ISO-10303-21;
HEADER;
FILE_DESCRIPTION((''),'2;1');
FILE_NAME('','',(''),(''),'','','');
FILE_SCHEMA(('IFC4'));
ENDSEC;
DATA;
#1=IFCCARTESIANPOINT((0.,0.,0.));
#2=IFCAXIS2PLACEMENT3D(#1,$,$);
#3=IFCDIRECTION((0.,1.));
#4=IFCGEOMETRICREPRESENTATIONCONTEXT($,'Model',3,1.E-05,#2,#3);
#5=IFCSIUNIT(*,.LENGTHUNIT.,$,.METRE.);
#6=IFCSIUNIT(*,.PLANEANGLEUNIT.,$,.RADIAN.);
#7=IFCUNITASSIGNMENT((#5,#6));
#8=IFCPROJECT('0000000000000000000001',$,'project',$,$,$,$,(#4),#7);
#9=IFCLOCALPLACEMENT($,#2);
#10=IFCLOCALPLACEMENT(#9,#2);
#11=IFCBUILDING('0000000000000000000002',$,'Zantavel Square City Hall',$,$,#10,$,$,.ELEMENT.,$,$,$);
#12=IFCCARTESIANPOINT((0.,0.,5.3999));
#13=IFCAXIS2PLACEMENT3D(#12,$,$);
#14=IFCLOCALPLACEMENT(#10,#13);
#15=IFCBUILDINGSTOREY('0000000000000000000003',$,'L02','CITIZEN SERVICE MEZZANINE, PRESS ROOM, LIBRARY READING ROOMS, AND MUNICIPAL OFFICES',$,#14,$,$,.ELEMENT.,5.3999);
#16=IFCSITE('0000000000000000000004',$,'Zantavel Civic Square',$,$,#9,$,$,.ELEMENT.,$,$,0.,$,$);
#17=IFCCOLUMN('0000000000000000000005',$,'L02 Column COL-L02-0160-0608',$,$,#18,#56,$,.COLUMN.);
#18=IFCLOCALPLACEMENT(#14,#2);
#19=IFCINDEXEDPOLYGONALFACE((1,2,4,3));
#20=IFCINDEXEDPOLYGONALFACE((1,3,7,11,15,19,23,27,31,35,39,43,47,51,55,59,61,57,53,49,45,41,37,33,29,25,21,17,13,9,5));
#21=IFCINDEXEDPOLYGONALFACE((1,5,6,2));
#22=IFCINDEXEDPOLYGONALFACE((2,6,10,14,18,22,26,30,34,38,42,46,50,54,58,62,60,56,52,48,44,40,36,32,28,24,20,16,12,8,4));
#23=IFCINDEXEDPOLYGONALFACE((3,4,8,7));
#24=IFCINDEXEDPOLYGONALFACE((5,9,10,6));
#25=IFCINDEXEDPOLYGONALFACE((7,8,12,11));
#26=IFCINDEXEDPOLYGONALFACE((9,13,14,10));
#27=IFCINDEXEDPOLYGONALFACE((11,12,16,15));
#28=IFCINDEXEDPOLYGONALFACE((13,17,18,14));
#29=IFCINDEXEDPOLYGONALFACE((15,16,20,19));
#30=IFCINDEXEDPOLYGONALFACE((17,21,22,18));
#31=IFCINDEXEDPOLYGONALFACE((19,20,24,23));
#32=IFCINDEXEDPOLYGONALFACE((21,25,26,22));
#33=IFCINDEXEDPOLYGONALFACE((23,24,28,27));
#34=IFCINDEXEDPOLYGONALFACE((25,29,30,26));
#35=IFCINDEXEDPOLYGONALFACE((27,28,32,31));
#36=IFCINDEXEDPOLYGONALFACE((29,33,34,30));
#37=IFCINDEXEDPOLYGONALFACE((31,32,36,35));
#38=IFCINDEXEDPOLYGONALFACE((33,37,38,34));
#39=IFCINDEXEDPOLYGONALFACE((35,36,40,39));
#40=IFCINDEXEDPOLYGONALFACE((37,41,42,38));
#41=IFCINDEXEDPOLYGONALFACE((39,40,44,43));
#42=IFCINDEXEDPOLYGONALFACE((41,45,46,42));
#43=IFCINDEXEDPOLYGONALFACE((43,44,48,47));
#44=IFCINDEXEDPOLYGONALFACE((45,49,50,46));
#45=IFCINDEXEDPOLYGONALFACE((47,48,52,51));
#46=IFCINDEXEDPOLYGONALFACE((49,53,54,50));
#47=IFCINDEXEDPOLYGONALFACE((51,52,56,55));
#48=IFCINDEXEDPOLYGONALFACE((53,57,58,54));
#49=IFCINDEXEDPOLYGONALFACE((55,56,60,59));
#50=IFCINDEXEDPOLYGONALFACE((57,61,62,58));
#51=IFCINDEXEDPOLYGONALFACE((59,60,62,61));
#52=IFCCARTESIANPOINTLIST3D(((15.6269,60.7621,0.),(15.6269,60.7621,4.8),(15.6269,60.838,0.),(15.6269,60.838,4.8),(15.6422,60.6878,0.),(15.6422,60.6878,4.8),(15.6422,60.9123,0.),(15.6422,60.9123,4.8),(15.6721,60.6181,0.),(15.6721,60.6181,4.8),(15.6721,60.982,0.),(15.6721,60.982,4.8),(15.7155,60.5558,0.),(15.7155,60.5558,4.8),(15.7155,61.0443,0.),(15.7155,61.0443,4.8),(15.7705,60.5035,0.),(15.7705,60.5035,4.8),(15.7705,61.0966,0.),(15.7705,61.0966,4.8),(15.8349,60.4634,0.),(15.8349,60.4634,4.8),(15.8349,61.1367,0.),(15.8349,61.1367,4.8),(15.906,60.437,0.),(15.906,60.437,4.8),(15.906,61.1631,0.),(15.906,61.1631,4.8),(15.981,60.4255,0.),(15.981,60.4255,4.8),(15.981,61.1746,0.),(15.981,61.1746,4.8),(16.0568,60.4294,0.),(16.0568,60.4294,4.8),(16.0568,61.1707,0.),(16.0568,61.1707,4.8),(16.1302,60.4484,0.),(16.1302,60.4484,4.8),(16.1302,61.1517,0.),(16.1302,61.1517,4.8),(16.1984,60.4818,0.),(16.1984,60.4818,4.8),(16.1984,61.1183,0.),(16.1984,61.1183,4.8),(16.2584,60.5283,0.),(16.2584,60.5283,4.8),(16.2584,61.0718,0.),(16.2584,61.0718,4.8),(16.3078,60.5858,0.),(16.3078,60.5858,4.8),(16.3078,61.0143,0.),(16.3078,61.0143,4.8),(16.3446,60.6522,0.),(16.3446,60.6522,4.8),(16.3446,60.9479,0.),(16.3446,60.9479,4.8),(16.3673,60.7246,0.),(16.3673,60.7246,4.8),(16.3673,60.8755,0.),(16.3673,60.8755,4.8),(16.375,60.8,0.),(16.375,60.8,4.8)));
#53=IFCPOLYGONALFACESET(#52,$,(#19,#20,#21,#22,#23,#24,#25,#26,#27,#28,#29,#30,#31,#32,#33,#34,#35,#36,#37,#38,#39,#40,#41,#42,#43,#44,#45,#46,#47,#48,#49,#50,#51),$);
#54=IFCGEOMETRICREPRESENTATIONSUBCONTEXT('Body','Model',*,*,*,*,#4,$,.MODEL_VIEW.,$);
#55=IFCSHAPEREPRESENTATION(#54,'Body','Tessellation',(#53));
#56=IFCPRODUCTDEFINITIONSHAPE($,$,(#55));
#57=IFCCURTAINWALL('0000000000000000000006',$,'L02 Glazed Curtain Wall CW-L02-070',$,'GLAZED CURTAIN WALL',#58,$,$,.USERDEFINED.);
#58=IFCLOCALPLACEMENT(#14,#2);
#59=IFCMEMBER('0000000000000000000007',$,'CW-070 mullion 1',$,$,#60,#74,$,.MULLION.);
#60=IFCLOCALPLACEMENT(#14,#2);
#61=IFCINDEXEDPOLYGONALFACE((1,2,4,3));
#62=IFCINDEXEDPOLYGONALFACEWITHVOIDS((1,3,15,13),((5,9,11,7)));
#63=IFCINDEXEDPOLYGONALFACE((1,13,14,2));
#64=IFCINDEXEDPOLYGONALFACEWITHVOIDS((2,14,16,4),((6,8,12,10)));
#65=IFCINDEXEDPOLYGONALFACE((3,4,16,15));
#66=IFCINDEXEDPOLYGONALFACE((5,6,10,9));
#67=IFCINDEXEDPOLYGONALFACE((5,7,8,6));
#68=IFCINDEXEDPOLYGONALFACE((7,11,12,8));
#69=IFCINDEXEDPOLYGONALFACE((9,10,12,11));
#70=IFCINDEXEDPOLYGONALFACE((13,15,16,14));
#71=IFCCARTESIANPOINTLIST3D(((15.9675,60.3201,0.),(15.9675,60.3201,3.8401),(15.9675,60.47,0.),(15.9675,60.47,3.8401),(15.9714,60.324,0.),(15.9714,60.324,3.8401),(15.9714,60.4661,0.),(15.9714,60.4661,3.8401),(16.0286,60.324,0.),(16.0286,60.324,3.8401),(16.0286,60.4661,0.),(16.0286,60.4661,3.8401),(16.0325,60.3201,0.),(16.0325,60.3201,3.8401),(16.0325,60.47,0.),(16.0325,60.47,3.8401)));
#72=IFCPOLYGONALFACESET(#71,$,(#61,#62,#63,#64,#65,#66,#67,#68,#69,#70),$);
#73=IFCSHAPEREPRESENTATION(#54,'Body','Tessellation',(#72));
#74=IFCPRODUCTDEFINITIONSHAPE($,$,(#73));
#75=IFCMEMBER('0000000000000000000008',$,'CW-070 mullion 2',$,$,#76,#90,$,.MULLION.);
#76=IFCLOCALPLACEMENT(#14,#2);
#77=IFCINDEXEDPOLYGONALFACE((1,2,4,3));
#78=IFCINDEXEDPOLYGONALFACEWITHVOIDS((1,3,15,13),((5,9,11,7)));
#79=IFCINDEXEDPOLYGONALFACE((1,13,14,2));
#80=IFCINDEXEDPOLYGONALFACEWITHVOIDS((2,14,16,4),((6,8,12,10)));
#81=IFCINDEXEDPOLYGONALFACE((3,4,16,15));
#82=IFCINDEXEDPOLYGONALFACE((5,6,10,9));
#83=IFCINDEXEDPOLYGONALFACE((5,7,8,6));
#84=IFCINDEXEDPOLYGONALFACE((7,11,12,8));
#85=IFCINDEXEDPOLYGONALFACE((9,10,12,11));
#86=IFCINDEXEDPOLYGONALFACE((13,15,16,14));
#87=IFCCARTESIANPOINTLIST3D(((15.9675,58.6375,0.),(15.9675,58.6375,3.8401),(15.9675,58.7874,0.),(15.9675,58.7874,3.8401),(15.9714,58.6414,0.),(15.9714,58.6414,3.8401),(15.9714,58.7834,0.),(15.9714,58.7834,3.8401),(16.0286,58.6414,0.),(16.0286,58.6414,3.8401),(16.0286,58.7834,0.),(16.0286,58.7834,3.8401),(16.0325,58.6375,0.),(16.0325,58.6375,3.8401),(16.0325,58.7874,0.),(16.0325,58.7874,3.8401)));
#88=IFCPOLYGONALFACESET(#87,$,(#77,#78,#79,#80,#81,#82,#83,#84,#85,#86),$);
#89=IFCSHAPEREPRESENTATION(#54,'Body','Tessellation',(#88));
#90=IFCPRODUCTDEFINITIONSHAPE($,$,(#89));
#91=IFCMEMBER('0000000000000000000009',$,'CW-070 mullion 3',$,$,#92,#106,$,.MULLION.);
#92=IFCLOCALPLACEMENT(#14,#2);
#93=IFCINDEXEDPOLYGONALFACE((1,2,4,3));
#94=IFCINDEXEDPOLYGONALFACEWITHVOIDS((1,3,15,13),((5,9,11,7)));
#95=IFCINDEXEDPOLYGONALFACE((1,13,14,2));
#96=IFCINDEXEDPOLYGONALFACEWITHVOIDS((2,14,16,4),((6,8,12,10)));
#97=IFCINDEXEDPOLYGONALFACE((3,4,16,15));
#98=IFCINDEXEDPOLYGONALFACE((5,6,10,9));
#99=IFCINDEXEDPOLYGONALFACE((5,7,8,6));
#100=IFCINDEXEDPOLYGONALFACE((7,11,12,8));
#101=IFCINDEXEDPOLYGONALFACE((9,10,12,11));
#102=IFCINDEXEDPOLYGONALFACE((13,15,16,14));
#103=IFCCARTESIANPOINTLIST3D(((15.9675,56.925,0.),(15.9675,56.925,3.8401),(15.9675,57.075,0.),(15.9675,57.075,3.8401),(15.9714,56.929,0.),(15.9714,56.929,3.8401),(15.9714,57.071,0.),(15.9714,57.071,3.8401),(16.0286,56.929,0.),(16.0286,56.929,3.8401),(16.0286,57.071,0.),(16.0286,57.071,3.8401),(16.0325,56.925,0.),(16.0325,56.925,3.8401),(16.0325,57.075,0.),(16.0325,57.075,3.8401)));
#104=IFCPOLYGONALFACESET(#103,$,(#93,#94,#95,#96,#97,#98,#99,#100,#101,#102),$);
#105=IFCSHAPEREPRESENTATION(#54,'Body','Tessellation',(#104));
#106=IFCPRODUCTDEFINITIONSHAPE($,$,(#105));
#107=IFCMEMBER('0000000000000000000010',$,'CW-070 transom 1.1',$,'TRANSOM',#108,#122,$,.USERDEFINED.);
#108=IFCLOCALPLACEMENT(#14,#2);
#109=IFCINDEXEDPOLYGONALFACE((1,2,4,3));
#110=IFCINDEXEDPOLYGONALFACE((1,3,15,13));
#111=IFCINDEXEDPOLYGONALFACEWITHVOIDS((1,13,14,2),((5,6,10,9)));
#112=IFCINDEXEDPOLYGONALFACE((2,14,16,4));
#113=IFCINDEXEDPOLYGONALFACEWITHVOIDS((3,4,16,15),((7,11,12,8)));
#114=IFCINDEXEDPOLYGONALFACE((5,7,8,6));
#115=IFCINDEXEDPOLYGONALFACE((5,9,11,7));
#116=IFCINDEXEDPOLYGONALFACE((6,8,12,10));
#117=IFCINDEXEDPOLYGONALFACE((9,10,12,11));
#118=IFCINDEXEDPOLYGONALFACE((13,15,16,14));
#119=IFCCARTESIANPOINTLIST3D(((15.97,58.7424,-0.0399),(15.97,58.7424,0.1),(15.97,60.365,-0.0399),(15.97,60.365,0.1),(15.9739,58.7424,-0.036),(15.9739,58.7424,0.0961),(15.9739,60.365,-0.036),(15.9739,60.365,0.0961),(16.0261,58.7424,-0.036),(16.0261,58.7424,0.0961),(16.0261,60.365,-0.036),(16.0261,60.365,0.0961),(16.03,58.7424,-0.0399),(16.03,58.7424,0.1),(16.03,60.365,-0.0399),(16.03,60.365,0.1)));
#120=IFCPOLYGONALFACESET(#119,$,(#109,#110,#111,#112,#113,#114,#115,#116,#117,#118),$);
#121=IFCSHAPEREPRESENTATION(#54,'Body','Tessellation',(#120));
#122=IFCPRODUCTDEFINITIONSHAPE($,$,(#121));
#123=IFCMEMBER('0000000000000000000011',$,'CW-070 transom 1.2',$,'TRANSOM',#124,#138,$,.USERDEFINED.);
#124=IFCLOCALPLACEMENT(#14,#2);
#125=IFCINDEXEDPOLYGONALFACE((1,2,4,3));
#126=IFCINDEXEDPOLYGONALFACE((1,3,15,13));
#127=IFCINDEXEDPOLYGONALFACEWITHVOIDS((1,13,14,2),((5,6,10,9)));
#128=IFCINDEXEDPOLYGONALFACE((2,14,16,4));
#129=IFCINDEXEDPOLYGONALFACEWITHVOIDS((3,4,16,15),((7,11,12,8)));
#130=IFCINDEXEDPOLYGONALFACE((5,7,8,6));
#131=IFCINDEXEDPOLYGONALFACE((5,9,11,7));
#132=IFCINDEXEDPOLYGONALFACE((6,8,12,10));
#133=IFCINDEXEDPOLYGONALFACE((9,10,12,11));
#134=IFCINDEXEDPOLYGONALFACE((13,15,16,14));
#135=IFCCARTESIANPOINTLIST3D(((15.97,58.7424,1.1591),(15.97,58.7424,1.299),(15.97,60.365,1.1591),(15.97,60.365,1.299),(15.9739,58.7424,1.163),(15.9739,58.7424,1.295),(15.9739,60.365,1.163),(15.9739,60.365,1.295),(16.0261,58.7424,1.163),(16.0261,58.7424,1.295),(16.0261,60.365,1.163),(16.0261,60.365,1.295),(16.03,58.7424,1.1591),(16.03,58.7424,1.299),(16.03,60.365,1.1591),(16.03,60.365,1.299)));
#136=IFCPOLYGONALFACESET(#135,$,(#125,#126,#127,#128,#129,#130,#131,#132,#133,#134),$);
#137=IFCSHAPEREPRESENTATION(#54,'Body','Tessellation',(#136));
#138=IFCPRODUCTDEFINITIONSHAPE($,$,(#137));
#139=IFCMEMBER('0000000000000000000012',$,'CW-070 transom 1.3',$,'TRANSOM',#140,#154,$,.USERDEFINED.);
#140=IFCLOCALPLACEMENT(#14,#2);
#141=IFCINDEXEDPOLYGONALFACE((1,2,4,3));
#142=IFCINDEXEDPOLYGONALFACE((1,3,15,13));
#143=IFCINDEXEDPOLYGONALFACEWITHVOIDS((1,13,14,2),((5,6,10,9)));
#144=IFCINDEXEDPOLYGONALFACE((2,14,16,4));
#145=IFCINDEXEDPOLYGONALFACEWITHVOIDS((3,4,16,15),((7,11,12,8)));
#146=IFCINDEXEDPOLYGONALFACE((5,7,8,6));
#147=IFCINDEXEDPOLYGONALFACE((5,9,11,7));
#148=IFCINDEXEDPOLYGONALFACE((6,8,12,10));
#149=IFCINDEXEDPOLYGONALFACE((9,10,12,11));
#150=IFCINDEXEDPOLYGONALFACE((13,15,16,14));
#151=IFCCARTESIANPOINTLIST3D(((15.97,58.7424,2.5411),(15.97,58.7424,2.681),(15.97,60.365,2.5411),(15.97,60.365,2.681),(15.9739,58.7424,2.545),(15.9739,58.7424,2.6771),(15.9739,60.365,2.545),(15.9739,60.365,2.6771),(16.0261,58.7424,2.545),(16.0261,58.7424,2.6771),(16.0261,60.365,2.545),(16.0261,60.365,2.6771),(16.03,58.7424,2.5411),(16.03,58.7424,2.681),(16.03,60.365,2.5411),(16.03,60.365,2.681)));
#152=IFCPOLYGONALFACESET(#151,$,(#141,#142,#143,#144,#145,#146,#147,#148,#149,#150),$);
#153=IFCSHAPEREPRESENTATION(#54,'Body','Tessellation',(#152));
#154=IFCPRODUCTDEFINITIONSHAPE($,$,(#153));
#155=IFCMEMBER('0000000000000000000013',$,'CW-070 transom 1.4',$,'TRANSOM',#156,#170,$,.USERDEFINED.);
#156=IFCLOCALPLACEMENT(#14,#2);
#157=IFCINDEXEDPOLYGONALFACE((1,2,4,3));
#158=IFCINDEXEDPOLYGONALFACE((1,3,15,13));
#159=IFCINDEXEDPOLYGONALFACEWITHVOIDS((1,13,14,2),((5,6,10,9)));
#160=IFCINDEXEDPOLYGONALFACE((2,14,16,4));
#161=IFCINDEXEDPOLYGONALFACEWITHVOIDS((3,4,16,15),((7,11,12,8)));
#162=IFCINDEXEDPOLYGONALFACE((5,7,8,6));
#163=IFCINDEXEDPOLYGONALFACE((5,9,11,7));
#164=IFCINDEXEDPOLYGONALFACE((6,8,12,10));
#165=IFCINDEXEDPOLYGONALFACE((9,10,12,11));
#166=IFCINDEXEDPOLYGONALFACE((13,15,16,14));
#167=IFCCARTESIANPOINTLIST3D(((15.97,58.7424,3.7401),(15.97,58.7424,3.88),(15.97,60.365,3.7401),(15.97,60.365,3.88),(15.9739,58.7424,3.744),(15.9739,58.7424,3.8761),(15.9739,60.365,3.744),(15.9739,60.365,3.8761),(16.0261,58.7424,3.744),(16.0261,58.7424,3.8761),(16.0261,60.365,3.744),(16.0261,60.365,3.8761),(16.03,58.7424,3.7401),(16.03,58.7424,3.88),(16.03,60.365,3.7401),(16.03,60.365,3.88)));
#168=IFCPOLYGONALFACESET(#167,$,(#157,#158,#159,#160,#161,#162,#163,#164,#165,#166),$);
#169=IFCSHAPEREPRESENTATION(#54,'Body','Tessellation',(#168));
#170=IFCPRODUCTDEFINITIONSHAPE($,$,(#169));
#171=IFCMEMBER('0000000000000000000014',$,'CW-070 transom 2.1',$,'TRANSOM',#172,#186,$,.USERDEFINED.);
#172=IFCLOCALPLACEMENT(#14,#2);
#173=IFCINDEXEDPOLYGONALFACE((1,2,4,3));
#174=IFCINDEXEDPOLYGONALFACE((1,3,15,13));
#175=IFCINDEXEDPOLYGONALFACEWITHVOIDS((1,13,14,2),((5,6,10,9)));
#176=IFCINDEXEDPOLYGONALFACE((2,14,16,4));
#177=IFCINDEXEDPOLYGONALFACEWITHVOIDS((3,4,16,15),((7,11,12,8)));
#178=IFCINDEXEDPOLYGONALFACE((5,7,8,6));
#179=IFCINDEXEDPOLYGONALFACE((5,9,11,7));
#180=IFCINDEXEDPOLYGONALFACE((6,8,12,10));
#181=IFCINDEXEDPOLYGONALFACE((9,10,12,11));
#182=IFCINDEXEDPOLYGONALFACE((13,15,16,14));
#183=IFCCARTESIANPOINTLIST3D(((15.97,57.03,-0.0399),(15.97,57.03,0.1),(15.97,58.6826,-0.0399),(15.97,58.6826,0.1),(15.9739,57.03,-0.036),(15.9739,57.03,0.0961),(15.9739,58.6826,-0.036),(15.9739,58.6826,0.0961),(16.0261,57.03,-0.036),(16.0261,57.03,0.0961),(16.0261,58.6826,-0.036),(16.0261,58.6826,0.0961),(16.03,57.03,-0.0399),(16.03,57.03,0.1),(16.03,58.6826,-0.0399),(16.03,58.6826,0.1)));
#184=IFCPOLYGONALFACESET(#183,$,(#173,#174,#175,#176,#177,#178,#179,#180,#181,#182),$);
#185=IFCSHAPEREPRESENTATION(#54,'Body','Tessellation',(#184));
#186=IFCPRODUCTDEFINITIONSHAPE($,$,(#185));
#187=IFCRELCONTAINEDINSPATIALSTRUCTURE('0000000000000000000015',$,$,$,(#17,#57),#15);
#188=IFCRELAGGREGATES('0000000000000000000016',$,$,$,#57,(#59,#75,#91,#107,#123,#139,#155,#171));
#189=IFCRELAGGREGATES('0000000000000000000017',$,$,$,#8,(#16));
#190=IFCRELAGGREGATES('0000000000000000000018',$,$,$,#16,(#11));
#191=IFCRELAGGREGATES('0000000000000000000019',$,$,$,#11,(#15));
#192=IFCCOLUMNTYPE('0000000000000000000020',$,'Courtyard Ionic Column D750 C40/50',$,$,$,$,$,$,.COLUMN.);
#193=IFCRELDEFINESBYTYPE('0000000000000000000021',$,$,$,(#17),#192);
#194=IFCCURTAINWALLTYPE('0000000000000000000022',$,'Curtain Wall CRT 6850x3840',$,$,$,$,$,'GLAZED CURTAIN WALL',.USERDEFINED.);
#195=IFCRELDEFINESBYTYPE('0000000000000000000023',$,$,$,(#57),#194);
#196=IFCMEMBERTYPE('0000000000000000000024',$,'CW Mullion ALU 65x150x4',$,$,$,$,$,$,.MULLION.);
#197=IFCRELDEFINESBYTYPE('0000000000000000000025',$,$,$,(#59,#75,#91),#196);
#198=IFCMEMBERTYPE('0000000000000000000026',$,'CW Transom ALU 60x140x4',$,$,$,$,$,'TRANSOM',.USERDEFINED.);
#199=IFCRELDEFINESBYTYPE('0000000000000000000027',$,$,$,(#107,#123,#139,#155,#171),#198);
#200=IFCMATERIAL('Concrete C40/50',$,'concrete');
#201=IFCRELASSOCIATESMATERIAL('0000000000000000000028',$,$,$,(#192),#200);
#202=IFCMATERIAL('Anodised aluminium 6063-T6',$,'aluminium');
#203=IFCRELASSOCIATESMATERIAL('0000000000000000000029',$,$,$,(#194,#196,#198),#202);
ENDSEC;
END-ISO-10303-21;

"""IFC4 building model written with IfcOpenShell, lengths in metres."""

from ifc_helpers import new_model, si_unit, direction, frame, origin, origin_2d, place, context, subcontext, project, spatial, hollow_rectangle, circle, extrude, material, material_profile, profile_set, type_object, element, aggregate, save


model = new_model("IFC4")

# Units and contexts
model_context = context("Model", 3, precision=1e-05, world=origin(), true_north=direction((0.0, 1.0)))
body_context = subcontext(model_context, "Body", "Model", "MODEL_VIEW")
ifc_project = project(units=[si_unit("LENGTHUNIT", "METRE"), si_unit("PLANEANGLEUNIT", "RADIAN")], contexts=[model_context])

# Site, building, storey
site_placement = place(None, origin())
site = spatial("IfcSite", under=ifc_project, at=site_placement, Name="Zantavel Civic Square", CompositionType="ELEMENT", RefElevation=0.0)
building_placement = place(site_placement, origin())
building = spatial("IfcBuilding", under=site, at=building_placement, Name="Zantavel Square City Hall", CompositionType="ELEMENT")
storey_placement = place(building_placement, frame((0.0, 0.0, 5.3999)))
storey = spatial("IfcBuildingStorey", under=building, at=storey_placement, Name="L02", Description="CITIZEN SERVICE MEZZANINE, PRESS ROOM, LIBRARY READING ROOMS, AND MUNICIPAL OFFICES", CompositionType="ELEMENT", Elevation=5.3999)

# Column
ifc_material_1 = material(Name="Concrete C40/50", Category="concrete")
ifc_material_profile_1 = material_profile(ifc_material_1, circle(Radius=0.375, at=origin_2d()), Name="ROUND D750")
ifc_profile_set_1 = profile_set([ifc_material_profile_1], Name="Concrete C40/50")
column_type = type_object("IfcColumnType", Name="Courtyard Ionic Column D750 C40/50", PredefinedType="COLUMN", material=ifc_profile_set_1)
column_placement = place(storey_placement, frame((16.0, 60.8, 0.0), z_axis=(0.0, 0.0, 1.0), x_axis=(1.0, 0.0, 0.0)))
element("IfcColumn", 1, at=column_placement, inside=storey, type_object=column_type, Name="L02 Column COL-L02-0160-0608", PredefinedType="COLUMN", context=body_context, shape_type="SweptSolid", body=[
    extrude(circle(Radius=0.375, at=origin_2d()), origin(), (0.0, 0.0, 1.0), 4.8),
])

# Curtain wall, members
ifc_material_2 = material(Name="Anodised aluminium 6063-T6", Category="aluminium")
curtain_wall_type = type_object("IfcCurtainWallType", Name="Curtain Wall CRT 6850x3840", ElementType="GLAZED CURTAIN WALL", PredefinedType="USERDEFINED", material=ifc_material_2)
curtain_wall_placement = place(storey_placement, origin())
curtain_wall = element("IfcCurtainWall", 2, at=curtain_wall_placement, inside=storey, type_object=curtain_wall_type, Name="L02 Glazed Curtain Wall CW-L02-070", ObjectType="GLAZED CURTAIN WALL", PredefinedType="USERDEFINED")
ifc_material_profile_2 = material_profile(ifc_material_2, hollow_rectangle(XDim=0.0649, YDim=0.1499, WallThickness=0.0039, at=origin_2d()), Name="ALU 65x150x4")
ifc_profile_set_2 = profile_set([ifc_material_profile_2], Name="Anodised aluminium 6063-T6")
member_type_1 = type_object("IfcMemberType", Name="CW Mullion ALU 65x150x4", PredefinedType="MULLION", material=ifc_profile_set_2)
member_1_placement = place(storey_placement, frame((16.0, 60.395, 0.0), z_axis=(0.0, 0.0, 1.0), x_axis=(1.0, 0.0, 0.0)))
member_1 = element("IfcMember", 3, at=member_1_placement, type_object=member_type_1, Name="CW-070 mullion 1", PredefinedType="MULLION", context=body_context, shape_type="SweptSolid", body=[
    extrude(hollow_rectangle(XDim=0.0649, YDim=0.1499, WallThickness=0.0039, at=origin_2d()), origin(), (0.0, 0.0, 1.0), 3.8401),
])
member_2_placement = place(storey_placement, frame((16.0, 58.7124, 0.0), z_axis=(0.0, 0.0, 1.0), x_axis=(1.0, 0.0, 0.0)))
member_2 = element("IfcMember", 4, at=member_2_placement, type_object=member_type_1, Name="CW-070 mullion 2", PredefinedType="MULLION", context=body_context, shape_type="SweptSolid", body=[
    extrude(hollow_rectangle(XDim=0.0649, YDim=0.1499, WallThickness=0.0039, at=origin_2d()), origin(), (0.0, 0.0, 1.0), 3.8401),
])
member_3_placement = place(storey_placement, frame((16.0, 57.0, 0.0), z_axis=(0.0, 0.0, 1.0), x_axis=(1.0, 0.0, 0.0)))
member_3 = element("IfcMember", 5, at=member_3_placement, type_object=member_type_1, Name="CW-070 mullion 3", PredefinedType="MULLION", context=body_context, shape_type="SweptSolid", body=[
    extrude(hollow_rectangle(XDim=0.0649, YDim=0.1499, WallThickness=0.0039, at=origin_2d()), origin(), (0.0, 0.0, 1.0), 3.8401),
])
ifc_material_profile_3 = material_profile(ifc_material_2, hollow_rectangle(XDim=0.0601, YDim=0.1399, WallThickness=0.0039, at=origin_2d()), Name="ALU 60x140x4")
ifc_profile_set_3 = profile_set([ifc_material_profile_3], Name="Anodised aluminium 6063-T6")
member_type_2 = type_object("IfcMemberType", Name="CW Transom ALU 60x140x4", ElementType="TRANSOM", PredefinedType="USERDEFINED", material=ifc_profile_set_3)
member_4_placement = place(storey_placement, frame((16.0, 60.365, 0.03), z_axis=(0.0, -1.0, 0.0), x_axis=(1.0, 0.0, 0.0)))
member_4 = element("IfcMember", 6, at=member_4_placement, type_object=member_type_2, Name="CW-070 transom 1.1", ObjectType="TRANSOM", PredefinedType="USERDEFINED", context=body_context, shape_type="SweptSolid", body=[
    extrude(hollow_rectangle(XDim=0.0601, YDim=0.1399, WallThickness=0.0039, at=origin_2d()), origin(), (0.0, 0.0, 1.0), 1.6226),
])
member_5_placement = place(storey_placement, frame((16.0, 60.365, 1.229), z_axis=(0.0, -1.0, 0.0), x_axis=(1.0, 0.0, 0.0)))
member_5 = element("IfcMember", 7, at=member_5_placement, type_object=member_type_2, Name="CW-070 transom 1.2", ObjectType="TRANSOM", PredefinedType="USERDEFINED", context=body_context, shape_type="SweptSolid", body=[
    extrude(hollow_rectangle(XDim=0.0601, YDim=0.1399, WallThickness=0.0039, at=origin_2d()), origin(), (0.0, 0.0, 1.0), 1.6226),
])
member_6_placement = place(storey_placement, frame((16.0, 60.365, 2.6111), z_axis=(0.0, -1.0, 0.0), x_axis=(1.0, 0.0, 0.0)))
member_6 = element("IfcMember", 8, at=member_6_placement, type_object=member_type_2, Name="CW-070 transom 1.3", ObjectType="TRANSOM", PredefinedType="USERDEFINED", context=body_context, shape_type="SweptSolid", body=[
    extrude(hollow_rectangle(XDim=0.0601, YDim=0.1399, WallThickness=0.0039, at=origin_2d()), origin(), (0.0, 0.0, 1.0), 1.6226),
])
member_7_placement = place(storey_placement, frame((16.0, 60.365, 3.8101), z_axis=(0.0, -1.0, 0.0), x_axis=(1.0, 0.0, 0.0)))
member_7 = element("IfcMember", 9, at=member_7_placement, type_object=member_type_2, Name="CW-070 transom 1.4", ObjectType="TRANSOM", PredefinedType="USERDEFINED", context=body_context, shape_type="SweptSolid", body=[
    extrude(hollow_rectangle(XDim=0.0601, YDim=0.1399, WallThickness=0.0039, at=origin_2d()), origin(), (0.0, 0.0, 1.0), 1.6226),
])
member_8_placement = place(storey_placement, frame((16.0, 58.6826, 0.03), z_axis=(0.0, -1.0, 0.0), x_axis=(1.0, 0.0, 0.0)))
member_8 = element("IfcMember", 10, at=member_8_placement, type_object=member_type_2, Name="CW-070 transom 2.1", ObjectType="TRANSOM", PredefinedType="USERDEFINED", context=body_context, shape_type="SweptSolid", body=[
    extrude(hollow_rectangle(XDim=0.0601, YDim=0.1399, WallThickness=0.0039, at=origin_2d()), origin(), (0.0, 0.0, 1.0), 1.6526),
])
aggregate(curtain_wall, [member_1, member_2, member_3, member_4, member_5, member_6, member_7, member_8])

save(model, "model.ifc")
